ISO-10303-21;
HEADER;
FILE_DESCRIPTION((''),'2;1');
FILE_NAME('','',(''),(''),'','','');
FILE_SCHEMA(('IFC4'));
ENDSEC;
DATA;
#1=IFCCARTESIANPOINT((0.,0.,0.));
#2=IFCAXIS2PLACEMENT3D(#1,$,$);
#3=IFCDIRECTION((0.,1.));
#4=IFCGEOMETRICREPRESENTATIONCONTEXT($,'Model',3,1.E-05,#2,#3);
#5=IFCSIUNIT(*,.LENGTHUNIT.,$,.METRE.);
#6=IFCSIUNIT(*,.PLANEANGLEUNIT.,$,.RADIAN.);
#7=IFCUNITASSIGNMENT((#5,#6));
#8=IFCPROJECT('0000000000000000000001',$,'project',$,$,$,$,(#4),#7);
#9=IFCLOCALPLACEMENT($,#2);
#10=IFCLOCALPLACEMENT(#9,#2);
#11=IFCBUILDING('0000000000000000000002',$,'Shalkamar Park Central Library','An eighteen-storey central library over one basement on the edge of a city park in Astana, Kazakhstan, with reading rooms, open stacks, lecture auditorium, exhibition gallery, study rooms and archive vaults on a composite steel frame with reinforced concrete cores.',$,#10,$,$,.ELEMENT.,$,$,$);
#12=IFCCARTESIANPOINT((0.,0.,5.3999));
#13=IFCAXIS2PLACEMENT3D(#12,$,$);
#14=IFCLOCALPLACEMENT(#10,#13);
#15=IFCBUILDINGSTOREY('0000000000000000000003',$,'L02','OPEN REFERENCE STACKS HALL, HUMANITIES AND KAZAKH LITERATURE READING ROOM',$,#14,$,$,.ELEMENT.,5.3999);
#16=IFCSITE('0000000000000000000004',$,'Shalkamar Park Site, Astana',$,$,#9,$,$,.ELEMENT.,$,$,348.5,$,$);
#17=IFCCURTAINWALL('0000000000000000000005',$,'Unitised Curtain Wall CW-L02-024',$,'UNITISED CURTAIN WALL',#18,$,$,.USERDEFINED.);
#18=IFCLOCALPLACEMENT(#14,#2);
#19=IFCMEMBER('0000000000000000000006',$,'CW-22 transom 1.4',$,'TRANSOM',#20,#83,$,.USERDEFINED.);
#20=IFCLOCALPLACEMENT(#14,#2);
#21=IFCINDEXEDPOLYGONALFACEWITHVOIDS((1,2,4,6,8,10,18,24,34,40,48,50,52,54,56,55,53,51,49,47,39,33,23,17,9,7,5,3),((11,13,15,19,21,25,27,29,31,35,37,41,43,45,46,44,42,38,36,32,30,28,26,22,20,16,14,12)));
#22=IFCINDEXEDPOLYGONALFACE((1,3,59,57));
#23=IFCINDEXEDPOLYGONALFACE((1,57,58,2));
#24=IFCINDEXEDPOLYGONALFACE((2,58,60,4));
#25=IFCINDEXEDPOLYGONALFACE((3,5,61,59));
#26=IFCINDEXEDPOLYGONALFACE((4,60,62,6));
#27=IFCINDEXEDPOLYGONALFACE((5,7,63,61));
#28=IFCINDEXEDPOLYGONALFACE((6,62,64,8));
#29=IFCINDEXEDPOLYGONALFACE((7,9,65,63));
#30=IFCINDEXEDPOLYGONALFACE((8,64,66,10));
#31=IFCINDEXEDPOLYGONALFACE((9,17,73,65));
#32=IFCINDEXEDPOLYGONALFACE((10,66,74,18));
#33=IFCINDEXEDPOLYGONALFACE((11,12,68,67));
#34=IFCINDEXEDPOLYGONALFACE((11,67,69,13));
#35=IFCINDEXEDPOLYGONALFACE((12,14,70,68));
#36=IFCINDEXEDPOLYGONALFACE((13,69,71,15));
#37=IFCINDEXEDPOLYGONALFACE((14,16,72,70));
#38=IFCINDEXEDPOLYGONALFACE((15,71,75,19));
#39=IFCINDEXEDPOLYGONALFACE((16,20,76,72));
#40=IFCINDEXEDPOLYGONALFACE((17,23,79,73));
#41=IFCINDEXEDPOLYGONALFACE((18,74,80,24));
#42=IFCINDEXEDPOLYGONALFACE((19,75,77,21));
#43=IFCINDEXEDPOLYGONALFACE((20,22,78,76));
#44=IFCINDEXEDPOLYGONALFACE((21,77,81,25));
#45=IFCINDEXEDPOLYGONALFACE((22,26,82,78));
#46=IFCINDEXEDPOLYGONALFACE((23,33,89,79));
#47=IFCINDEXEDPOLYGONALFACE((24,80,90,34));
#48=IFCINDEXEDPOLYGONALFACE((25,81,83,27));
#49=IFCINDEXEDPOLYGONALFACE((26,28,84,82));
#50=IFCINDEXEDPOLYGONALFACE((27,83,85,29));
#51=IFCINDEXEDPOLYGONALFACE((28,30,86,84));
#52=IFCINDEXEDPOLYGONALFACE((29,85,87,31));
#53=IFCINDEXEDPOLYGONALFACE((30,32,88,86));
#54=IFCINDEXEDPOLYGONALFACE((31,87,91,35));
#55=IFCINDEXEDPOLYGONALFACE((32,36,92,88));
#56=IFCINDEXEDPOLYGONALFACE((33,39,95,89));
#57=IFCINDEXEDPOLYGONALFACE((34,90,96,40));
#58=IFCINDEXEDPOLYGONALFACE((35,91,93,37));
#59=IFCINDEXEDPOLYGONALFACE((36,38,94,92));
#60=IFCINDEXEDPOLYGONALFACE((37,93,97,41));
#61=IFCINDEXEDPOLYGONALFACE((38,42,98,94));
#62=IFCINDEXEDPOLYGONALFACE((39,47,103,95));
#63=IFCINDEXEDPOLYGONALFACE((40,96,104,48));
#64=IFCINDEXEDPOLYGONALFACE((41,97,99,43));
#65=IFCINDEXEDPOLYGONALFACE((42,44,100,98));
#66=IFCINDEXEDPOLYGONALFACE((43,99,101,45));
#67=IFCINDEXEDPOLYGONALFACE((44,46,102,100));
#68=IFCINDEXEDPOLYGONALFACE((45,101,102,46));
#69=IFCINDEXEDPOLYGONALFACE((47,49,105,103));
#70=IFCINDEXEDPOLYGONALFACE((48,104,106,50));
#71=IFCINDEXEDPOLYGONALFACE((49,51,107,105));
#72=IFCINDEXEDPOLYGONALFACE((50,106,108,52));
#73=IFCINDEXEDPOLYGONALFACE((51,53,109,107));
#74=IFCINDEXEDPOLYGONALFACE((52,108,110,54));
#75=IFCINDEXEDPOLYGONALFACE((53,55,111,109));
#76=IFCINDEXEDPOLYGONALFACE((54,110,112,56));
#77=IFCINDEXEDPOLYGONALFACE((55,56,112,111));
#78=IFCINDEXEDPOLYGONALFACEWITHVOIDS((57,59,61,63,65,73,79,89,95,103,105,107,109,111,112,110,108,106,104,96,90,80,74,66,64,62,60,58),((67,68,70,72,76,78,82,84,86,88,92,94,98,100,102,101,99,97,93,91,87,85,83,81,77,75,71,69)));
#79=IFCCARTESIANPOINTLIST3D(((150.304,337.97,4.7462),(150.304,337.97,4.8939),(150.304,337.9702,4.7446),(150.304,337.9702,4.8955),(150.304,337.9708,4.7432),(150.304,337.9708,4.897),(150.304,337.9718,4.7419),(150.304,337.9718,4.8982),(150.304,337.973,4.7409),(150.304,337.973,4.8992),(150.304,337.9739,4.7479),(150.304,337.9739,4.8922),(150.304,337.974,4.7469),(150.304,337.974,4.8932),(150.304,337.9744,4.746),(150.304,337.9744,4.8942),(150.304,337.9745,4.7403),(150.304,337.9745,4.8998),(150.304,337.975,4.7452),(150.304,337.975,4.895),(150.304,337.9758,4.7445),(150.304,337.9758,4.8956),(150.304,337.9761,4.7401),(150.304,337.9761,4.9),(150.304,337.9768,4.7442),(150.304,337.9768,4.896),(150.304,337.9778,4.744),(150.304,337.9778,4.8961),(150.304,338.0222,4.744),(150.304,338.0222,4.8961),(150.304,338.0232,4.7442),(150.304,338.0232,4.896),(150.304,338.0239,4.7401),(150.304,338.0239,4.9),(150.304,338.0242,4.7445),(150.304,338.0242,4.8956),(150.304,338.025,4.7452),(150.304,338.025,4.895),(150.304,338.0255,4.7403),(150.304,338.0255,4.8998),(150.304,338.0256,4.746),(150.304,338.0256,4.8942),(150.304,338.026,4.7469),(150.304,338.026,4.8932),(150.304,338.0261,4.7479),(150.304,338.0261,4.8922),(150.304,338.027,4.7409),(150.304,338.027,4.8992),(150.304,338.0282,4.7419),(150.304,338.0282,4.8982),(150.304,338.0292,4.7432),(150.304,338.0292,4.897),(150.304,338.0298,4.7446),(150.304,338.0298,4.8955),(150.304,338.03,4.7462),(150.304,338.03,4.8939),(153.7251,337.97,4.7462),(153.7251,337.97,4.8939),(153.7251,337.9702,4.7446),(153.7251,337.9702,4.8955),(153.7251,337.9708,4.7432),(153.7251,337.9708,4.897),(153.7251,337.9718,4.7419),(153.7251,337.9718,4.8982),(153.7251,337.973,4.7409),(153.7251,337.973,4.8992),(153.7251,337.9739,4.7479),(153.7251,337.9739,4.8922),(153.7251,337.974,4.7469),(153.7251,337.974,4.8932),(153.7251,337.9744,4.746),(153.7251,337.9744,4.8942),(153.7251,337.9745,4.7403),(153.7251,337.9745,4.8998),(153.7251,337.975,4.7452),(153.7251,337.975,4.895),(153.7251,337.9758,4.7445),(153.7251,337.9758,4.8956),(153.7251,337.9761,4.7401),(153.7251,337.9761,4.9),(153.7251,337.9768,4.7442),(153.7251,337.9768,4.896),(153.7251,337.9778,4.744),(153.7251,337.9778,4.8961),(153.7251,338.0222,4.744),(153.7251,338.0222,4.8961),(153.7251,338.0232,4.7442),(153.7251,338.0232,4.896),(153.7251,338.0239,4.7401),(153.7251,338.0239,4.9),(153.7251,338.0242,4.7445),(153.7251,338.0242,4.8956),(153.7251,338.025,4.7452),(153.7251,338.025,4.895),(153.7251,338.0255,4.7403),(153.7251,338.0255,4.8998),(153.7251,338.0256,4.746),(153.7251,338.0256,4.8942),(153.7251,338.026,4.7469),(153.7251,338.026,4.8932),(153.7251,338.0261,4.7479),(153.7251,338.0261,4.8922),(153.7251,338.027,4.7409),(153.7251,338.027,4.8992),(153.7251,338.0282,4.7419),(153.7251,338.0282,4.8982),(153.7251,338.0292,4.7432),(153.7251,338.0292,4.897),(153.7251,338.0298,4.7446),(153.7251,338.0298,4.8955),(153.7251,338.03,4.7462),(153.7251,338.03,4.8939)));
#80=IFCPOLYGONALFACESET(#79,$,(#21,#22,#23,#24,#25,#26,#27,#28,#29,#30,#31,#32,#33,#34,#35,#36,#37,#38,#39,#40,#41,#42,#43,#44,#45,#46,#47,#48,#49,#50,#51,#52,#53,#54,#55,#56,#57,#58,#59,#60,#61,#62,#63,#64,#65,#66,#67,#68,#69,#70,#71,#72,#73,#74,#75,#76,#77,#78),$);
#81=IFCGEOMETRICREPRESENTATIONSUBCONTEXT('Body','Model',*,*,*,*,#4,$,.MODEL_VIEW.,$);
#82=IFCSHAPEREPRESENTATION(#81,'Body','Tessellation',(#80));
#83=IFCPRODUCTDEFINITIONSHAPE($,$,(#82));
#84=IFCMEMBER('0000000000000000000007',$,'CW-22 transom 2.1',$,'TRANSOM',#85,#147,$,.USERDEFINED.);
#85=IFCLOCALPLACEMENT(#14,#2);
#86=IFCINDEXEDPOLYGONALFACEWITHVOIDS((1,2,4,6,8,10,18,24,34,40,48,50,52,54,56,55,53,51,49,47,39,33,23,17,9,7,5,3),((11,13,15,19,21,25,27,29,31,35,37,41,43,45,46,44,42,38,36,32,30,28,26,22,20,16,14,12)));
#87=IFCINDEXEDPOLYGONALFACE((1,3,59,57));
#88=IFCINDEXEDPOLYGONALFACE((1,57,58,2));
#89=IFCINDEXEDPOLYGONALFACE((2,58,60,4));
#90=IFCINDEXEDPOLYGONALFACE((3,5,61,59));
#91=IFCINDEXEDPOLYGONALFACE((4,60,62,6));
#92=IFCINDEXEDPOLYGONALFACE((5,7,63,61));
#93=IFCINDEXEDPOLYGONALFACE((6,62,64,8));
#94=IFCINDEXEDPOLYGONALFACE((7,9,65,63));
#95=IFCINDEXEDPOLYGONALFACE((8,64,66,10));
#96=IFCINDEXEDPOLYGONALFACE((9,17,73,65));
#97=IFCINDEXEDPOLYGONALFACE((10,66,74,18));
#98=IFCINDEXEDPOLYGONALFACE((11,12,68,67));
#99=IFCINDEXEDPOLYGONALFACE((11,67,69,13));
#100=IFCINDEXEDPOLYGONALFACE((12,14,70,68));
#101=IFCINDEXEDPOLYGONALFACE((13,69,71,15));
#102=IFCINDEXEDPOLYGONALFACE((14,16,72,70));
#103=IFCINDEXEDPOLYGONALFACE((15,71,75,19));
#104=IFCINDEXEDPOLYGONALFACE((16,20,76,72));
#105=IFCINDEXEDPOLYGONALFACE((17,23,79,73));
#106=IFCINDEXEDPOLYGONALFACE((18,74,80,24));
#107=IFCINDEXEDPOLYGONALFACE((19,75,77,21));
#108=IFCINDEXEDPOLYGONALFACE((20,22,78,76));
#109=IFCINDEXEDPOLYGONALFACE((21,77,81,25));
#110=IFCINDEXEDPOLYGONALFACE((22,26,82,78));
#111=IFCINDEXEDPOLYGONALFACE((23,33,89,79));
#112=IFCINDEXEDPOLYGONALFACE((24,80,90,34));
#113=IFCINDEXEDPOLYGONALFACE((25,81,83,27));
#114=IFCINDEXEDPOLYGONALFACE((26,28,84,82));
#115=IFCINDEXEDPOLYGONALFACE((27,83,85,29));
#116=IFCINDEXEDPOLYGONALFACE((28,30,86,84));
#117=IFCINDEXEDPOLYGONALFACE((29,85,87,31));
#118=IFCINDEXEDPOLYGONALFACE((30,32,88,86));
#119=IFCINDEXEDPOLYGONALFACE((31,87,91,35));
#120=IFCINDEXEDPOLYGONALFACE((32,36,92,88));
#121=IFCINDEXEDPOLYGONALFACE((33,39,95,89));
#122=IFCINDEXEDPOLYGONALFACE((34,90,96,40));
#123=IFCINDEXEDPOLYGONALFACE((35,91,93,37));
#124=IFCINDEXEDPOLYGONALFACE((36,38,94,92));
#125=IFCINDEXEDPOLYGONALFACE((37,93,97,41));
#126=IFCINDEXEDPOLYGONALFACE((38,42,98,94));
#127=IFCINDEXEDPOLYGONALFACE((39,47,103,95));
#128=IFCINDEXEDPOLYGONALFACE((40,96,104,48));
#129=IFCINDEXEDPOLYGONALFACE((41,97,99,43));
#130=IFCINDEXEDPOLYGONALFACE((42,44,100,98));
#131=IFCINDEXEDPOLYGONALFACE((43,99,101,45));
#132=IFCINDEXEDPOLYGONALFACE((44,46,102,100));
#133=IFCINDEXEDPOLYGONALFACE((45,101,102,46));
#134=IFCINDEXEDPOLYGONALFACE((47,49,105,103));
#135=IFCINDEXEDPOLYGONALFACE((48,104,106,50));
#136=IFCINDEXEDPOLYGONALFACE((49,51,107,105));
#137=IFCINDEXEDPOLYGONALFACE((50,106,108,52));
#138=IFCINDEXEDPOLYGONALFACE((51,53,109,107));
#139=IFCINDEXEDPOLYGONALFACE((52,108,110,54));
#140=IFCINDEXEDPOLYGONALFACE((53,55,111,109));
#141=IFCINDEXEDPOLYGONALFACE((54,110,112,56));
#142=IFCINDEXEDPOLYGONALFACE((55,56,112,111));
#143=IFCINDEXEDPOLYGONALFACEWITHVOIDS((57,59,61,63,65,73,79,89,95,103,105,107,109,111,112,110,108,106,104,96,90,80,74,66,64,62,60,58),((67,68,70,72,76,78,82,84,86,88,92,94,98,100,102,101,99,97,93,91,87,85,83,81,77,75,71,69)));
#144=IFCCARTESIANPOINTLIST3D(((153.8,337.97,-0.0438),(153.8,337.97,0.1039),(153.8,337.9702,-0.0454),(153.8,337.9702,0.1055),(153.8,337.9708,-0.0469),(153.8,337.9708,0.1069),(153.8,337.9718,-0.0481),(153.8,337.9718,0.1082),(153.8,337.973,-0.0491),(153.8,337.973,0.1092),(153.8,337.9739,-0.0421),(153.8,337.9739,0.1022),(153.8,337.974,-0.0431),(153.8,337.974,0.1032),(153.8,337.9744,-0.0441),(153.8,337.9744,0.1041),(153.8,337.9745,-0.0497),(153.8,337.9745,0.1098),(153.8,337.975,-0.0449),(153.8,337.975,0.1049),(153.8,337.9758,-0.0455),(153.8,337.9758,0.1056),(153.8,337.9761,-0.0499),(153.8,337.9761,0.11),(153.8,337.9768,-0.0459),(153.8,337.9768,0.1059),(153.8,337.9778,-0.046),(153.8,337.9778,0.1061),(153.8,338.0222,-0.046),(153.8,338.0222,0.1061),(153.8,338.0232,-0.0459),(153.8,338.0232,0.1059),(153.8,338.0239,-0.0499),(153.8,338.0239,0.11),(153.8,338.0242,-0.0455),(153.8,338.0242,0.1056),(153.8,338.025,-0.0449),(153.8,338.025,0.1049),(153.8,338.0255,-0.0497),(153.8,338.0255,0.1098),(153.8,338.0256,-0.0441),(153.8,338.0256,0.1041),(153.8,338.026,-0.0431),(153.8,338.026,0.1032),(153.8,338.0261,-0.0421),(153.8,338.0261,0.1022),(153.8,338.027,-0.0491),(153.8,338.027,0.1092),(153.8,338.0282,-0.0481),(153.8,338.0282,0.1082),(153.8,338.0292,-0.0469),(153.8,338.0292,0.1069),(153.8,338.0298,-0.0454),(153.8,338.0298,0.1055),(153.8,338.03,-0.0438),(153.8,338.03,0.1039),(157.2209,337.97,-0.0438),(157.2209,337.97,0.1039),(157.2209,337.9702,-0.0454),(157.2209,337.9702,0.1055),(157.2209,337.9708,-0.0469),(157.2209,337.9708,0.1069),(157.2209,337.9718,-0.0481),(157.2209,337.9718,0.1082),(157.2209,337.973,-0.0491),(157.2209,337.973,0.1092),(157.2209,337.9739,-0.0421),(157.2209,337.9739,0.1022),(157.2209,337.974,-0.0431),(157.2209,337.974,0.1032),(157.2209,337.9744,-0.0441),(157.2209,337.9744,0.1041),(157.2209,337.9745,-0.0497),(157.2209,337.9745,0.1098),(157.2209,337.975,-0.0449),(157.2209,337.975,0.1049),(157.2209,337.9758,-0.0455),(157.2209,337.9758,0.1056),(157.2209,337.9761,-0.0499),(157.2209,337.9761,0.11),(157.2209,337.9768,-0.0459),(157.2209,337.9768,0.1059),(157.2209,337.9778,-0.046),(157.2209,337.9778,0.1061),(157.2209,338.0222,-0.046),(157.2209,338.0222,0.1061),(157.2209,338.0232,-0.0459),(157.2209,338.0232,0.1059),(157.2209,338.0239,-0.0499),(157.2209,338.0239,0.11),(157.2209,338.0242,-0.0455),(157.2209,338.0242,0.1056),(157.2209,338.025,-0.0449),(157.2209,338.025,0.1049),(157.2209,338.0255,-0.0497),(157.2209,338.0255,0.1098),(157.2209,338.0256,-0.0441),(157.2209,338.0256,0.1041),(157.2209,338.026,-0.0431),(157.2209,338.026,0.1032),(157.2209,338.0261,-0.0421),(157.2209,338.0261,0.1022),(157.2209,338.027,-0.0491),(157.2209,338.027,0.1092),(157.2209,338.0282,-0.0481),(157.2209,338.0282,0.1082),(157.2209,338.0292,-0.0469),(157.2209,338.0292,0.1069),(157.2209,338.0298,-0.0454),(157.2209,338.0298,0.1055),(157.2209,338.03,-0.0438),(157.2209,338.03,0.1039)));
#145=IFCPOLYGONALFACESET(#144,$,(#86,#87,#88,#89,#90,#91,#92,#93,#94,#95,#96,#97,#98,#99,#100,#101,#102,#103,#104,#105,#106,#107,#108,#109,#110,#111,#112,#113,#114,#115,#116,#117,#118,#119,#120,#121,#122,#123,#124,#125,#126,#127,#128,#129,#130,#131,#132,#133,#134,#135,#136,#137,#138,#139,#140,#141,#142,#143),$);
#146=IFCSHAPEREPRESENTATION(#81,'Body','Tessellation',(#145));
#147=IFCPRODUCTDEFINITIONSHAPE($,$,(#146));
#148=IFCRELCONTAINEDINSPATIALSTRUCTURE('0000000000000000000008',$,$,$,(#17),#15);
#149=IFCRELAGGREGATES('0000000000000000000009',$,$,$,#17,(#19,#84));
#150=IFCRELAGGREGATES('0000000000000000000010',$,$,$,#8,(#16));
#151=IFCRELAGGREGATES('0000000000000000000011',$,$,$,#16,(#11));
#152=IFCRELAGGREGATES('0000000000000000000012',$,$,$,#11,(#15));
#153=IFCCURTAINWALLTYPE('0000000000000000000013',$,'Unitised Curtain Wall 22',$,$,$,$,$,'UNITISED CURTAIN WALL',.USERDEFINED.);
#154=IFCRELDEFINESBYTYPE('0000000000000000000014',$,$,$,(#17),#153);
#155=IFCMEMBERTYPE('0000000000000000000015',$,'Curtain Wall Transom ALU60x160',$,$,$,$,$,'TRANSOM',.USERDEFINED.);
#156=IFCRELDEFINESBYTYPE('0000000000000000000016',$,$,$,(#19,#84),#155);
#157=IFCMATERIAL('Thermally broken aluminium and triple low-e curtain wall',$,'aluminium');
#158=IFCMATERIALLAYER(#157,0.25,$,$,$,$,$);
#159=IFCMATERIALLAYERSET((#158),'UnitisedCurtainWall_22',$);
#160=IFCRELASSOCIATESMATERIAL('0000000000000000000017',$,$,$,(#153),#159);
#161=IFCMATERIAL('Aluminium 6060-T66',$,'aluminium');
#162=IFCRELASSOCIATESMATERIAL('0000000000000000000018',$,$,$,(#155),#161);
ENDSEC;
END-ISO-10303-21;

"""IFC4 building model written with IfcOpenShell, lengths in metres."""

from ifc_helpers import new_model, si_unit, direction, frame, origin, origin_2d, place, context, subcontext, project, spatial, hollow_rectangle, extrude, material, layer, layer_set, material_profile, profile_set, type_object, element, aggregate, save


model = new_model("IFC4")

# Units and contexts
model_context = context("Model", 3, precision=1e-05, world=origin(), true_north=direction((0.0, 1.0)))
body_context = subcontext(model_context, "Body", "Model", "MODEL_VIEW")
ifc_project = project(units=[si_unit("LENGTHUNIT", "METRE"), si_unit("PLANEANGLEUNIT", "RADIAN")], contexts=[model_context])

# Site, building, storey
site_placement = place(None, origin())
site = spatial("IfcSite", under=ifc_project, at=site_placement, Name="Shalkamar Park Site, Astana", CompositionType="ELEMENT", RefElevation=348.5)
building_placement = place(site_placement, origin())
building = spatial("IfcBuilding", under=site, at=building_placement, Name="Shalkamar Park Central Library", Description="An eighteen-storey central library over one basement on the edge of a city park in Astana, Kazakhstan, with reading rooms, open stacks, lecture auditorium, exhibition gallery, study rooms and archive vaults on a composite steel frame with reinforced concrete cores.", CompositionType="ELEMENT")
storey_placement = place(building_placement, frame((0.0, 0.0, 5.3999)))
storey = spatial("IfcBuildingStorey", under=building, at=storey_placement, Name="L02", Description="OPEN REFERENCE STACKS HALL, HUMANITIES AND KAZAKH LITERATURE READING ROOM", CompositionType="ELEMENT", Elevation=5.3999)

# Curtain wall
ifc_material_1 = material(Name="Thermally broken aluminium and triple low-e curtain wall", Category="aluminium")
ifc_layer_1 = layer(ifc_material_1, 0.25)
ifc_layer_set_1 = layer_set([ifc_layer_1], Name="UnitisedCurtainWall_22")
curtain_wall_type_1 = type_object("IfcCurtainWallType", Name="Unitised Curtain Wall 22", ElementType="UNITISED CURTAIN WALL", PredefinedType="USERDEFINED", material=ifc_layer_set_1)
curtain_wall_1_placement = place(storey_placement, origin())
curtain_wall_1 = element("IfcCurtainWall", 1, at=curtain_wall_1_placement, inside=storey, type_object=curtain_wall_type_1, Name="Unitised Curtain Wall CW-L02-024", ObjectType="UNITISED CURTAIN WALL", PredefinedType="USERDEFINED")
ifc_material_2 = material(Name="Aluminium 6060-T66", Category="aluminium")

# Members
ifc_material_profile_1 = material_profile(ifc_material_2, hollow_rectangle(XDim=0.0601, YDim=0.1599, WallThickness=0.0039, InnerFilletRadius=0.0039, OuterFilletRadius=0.0061, at=origin_2d()), Name="ALU 60x160x4")
ifc_profile_set_1 = profile_set([ifc_material_profile_1], Name="Aluminium 6060-T66")
member_type_1 = type_object("IfcMemberType", Name="Curtain Wall Transom ALU60x160", ElementType="TRANSOM", PredefinedType="USERDEFINED", material=ifc_profile_set_1)
member_1_placement = place(storey_placement, frame((150.304, 338.0, 4.8201), z_axis=(1.0, 0.0, 0.0), x_axis=(0.0, 1.0, 0.0)))
member_1 = element("IfcMember", 2, at=member_1_placement, type_object=member_type_1, Name="CW-22 transom 1.4", ObjectType="TRANSOM", PredefinedType="USERDEFINED", context=body_context, shape_type="SweptSolid", body=[
    extrude(hollow_rectangle(XDim=0.0601, YDim=0.1599, WallThickness=0.0039, InnerFilletRadius=0.0039, OuterFilletRadius=0.0061, at=origin_2d()), origin(), (0.0, 0.0, 1.0), 3.4211),
])
member_2_placement = place(storey_placement, frame((153.8, 338.0, 0.03), z_axis=(1.0, 0.0, 0.0), x_axis=(0.0, 1.0, 0.0)))
member_2 = element("IfcMember", 3, at=member_2_placement, type_object=member_type_1, Name="CW-22 transom 2.1", ObjectType="TRANSOM", PredefinedType="USERDEFINED", context=body_context, shape_type="SweptSolid", body=[
    extrude(hollow_rectangle(XDim=0.0601, YDim=0.1599, WallThickness=0.0039, InnerFilletRadius=0.0039, OuterFilletRadius=0.0061, at=origin_2d()), origin(), (0.0, 0.0, 1.0), 3.4209),
])

aggregate(curtain_wall_1, [member_1, member_2])

save(model, "model.ifc")
